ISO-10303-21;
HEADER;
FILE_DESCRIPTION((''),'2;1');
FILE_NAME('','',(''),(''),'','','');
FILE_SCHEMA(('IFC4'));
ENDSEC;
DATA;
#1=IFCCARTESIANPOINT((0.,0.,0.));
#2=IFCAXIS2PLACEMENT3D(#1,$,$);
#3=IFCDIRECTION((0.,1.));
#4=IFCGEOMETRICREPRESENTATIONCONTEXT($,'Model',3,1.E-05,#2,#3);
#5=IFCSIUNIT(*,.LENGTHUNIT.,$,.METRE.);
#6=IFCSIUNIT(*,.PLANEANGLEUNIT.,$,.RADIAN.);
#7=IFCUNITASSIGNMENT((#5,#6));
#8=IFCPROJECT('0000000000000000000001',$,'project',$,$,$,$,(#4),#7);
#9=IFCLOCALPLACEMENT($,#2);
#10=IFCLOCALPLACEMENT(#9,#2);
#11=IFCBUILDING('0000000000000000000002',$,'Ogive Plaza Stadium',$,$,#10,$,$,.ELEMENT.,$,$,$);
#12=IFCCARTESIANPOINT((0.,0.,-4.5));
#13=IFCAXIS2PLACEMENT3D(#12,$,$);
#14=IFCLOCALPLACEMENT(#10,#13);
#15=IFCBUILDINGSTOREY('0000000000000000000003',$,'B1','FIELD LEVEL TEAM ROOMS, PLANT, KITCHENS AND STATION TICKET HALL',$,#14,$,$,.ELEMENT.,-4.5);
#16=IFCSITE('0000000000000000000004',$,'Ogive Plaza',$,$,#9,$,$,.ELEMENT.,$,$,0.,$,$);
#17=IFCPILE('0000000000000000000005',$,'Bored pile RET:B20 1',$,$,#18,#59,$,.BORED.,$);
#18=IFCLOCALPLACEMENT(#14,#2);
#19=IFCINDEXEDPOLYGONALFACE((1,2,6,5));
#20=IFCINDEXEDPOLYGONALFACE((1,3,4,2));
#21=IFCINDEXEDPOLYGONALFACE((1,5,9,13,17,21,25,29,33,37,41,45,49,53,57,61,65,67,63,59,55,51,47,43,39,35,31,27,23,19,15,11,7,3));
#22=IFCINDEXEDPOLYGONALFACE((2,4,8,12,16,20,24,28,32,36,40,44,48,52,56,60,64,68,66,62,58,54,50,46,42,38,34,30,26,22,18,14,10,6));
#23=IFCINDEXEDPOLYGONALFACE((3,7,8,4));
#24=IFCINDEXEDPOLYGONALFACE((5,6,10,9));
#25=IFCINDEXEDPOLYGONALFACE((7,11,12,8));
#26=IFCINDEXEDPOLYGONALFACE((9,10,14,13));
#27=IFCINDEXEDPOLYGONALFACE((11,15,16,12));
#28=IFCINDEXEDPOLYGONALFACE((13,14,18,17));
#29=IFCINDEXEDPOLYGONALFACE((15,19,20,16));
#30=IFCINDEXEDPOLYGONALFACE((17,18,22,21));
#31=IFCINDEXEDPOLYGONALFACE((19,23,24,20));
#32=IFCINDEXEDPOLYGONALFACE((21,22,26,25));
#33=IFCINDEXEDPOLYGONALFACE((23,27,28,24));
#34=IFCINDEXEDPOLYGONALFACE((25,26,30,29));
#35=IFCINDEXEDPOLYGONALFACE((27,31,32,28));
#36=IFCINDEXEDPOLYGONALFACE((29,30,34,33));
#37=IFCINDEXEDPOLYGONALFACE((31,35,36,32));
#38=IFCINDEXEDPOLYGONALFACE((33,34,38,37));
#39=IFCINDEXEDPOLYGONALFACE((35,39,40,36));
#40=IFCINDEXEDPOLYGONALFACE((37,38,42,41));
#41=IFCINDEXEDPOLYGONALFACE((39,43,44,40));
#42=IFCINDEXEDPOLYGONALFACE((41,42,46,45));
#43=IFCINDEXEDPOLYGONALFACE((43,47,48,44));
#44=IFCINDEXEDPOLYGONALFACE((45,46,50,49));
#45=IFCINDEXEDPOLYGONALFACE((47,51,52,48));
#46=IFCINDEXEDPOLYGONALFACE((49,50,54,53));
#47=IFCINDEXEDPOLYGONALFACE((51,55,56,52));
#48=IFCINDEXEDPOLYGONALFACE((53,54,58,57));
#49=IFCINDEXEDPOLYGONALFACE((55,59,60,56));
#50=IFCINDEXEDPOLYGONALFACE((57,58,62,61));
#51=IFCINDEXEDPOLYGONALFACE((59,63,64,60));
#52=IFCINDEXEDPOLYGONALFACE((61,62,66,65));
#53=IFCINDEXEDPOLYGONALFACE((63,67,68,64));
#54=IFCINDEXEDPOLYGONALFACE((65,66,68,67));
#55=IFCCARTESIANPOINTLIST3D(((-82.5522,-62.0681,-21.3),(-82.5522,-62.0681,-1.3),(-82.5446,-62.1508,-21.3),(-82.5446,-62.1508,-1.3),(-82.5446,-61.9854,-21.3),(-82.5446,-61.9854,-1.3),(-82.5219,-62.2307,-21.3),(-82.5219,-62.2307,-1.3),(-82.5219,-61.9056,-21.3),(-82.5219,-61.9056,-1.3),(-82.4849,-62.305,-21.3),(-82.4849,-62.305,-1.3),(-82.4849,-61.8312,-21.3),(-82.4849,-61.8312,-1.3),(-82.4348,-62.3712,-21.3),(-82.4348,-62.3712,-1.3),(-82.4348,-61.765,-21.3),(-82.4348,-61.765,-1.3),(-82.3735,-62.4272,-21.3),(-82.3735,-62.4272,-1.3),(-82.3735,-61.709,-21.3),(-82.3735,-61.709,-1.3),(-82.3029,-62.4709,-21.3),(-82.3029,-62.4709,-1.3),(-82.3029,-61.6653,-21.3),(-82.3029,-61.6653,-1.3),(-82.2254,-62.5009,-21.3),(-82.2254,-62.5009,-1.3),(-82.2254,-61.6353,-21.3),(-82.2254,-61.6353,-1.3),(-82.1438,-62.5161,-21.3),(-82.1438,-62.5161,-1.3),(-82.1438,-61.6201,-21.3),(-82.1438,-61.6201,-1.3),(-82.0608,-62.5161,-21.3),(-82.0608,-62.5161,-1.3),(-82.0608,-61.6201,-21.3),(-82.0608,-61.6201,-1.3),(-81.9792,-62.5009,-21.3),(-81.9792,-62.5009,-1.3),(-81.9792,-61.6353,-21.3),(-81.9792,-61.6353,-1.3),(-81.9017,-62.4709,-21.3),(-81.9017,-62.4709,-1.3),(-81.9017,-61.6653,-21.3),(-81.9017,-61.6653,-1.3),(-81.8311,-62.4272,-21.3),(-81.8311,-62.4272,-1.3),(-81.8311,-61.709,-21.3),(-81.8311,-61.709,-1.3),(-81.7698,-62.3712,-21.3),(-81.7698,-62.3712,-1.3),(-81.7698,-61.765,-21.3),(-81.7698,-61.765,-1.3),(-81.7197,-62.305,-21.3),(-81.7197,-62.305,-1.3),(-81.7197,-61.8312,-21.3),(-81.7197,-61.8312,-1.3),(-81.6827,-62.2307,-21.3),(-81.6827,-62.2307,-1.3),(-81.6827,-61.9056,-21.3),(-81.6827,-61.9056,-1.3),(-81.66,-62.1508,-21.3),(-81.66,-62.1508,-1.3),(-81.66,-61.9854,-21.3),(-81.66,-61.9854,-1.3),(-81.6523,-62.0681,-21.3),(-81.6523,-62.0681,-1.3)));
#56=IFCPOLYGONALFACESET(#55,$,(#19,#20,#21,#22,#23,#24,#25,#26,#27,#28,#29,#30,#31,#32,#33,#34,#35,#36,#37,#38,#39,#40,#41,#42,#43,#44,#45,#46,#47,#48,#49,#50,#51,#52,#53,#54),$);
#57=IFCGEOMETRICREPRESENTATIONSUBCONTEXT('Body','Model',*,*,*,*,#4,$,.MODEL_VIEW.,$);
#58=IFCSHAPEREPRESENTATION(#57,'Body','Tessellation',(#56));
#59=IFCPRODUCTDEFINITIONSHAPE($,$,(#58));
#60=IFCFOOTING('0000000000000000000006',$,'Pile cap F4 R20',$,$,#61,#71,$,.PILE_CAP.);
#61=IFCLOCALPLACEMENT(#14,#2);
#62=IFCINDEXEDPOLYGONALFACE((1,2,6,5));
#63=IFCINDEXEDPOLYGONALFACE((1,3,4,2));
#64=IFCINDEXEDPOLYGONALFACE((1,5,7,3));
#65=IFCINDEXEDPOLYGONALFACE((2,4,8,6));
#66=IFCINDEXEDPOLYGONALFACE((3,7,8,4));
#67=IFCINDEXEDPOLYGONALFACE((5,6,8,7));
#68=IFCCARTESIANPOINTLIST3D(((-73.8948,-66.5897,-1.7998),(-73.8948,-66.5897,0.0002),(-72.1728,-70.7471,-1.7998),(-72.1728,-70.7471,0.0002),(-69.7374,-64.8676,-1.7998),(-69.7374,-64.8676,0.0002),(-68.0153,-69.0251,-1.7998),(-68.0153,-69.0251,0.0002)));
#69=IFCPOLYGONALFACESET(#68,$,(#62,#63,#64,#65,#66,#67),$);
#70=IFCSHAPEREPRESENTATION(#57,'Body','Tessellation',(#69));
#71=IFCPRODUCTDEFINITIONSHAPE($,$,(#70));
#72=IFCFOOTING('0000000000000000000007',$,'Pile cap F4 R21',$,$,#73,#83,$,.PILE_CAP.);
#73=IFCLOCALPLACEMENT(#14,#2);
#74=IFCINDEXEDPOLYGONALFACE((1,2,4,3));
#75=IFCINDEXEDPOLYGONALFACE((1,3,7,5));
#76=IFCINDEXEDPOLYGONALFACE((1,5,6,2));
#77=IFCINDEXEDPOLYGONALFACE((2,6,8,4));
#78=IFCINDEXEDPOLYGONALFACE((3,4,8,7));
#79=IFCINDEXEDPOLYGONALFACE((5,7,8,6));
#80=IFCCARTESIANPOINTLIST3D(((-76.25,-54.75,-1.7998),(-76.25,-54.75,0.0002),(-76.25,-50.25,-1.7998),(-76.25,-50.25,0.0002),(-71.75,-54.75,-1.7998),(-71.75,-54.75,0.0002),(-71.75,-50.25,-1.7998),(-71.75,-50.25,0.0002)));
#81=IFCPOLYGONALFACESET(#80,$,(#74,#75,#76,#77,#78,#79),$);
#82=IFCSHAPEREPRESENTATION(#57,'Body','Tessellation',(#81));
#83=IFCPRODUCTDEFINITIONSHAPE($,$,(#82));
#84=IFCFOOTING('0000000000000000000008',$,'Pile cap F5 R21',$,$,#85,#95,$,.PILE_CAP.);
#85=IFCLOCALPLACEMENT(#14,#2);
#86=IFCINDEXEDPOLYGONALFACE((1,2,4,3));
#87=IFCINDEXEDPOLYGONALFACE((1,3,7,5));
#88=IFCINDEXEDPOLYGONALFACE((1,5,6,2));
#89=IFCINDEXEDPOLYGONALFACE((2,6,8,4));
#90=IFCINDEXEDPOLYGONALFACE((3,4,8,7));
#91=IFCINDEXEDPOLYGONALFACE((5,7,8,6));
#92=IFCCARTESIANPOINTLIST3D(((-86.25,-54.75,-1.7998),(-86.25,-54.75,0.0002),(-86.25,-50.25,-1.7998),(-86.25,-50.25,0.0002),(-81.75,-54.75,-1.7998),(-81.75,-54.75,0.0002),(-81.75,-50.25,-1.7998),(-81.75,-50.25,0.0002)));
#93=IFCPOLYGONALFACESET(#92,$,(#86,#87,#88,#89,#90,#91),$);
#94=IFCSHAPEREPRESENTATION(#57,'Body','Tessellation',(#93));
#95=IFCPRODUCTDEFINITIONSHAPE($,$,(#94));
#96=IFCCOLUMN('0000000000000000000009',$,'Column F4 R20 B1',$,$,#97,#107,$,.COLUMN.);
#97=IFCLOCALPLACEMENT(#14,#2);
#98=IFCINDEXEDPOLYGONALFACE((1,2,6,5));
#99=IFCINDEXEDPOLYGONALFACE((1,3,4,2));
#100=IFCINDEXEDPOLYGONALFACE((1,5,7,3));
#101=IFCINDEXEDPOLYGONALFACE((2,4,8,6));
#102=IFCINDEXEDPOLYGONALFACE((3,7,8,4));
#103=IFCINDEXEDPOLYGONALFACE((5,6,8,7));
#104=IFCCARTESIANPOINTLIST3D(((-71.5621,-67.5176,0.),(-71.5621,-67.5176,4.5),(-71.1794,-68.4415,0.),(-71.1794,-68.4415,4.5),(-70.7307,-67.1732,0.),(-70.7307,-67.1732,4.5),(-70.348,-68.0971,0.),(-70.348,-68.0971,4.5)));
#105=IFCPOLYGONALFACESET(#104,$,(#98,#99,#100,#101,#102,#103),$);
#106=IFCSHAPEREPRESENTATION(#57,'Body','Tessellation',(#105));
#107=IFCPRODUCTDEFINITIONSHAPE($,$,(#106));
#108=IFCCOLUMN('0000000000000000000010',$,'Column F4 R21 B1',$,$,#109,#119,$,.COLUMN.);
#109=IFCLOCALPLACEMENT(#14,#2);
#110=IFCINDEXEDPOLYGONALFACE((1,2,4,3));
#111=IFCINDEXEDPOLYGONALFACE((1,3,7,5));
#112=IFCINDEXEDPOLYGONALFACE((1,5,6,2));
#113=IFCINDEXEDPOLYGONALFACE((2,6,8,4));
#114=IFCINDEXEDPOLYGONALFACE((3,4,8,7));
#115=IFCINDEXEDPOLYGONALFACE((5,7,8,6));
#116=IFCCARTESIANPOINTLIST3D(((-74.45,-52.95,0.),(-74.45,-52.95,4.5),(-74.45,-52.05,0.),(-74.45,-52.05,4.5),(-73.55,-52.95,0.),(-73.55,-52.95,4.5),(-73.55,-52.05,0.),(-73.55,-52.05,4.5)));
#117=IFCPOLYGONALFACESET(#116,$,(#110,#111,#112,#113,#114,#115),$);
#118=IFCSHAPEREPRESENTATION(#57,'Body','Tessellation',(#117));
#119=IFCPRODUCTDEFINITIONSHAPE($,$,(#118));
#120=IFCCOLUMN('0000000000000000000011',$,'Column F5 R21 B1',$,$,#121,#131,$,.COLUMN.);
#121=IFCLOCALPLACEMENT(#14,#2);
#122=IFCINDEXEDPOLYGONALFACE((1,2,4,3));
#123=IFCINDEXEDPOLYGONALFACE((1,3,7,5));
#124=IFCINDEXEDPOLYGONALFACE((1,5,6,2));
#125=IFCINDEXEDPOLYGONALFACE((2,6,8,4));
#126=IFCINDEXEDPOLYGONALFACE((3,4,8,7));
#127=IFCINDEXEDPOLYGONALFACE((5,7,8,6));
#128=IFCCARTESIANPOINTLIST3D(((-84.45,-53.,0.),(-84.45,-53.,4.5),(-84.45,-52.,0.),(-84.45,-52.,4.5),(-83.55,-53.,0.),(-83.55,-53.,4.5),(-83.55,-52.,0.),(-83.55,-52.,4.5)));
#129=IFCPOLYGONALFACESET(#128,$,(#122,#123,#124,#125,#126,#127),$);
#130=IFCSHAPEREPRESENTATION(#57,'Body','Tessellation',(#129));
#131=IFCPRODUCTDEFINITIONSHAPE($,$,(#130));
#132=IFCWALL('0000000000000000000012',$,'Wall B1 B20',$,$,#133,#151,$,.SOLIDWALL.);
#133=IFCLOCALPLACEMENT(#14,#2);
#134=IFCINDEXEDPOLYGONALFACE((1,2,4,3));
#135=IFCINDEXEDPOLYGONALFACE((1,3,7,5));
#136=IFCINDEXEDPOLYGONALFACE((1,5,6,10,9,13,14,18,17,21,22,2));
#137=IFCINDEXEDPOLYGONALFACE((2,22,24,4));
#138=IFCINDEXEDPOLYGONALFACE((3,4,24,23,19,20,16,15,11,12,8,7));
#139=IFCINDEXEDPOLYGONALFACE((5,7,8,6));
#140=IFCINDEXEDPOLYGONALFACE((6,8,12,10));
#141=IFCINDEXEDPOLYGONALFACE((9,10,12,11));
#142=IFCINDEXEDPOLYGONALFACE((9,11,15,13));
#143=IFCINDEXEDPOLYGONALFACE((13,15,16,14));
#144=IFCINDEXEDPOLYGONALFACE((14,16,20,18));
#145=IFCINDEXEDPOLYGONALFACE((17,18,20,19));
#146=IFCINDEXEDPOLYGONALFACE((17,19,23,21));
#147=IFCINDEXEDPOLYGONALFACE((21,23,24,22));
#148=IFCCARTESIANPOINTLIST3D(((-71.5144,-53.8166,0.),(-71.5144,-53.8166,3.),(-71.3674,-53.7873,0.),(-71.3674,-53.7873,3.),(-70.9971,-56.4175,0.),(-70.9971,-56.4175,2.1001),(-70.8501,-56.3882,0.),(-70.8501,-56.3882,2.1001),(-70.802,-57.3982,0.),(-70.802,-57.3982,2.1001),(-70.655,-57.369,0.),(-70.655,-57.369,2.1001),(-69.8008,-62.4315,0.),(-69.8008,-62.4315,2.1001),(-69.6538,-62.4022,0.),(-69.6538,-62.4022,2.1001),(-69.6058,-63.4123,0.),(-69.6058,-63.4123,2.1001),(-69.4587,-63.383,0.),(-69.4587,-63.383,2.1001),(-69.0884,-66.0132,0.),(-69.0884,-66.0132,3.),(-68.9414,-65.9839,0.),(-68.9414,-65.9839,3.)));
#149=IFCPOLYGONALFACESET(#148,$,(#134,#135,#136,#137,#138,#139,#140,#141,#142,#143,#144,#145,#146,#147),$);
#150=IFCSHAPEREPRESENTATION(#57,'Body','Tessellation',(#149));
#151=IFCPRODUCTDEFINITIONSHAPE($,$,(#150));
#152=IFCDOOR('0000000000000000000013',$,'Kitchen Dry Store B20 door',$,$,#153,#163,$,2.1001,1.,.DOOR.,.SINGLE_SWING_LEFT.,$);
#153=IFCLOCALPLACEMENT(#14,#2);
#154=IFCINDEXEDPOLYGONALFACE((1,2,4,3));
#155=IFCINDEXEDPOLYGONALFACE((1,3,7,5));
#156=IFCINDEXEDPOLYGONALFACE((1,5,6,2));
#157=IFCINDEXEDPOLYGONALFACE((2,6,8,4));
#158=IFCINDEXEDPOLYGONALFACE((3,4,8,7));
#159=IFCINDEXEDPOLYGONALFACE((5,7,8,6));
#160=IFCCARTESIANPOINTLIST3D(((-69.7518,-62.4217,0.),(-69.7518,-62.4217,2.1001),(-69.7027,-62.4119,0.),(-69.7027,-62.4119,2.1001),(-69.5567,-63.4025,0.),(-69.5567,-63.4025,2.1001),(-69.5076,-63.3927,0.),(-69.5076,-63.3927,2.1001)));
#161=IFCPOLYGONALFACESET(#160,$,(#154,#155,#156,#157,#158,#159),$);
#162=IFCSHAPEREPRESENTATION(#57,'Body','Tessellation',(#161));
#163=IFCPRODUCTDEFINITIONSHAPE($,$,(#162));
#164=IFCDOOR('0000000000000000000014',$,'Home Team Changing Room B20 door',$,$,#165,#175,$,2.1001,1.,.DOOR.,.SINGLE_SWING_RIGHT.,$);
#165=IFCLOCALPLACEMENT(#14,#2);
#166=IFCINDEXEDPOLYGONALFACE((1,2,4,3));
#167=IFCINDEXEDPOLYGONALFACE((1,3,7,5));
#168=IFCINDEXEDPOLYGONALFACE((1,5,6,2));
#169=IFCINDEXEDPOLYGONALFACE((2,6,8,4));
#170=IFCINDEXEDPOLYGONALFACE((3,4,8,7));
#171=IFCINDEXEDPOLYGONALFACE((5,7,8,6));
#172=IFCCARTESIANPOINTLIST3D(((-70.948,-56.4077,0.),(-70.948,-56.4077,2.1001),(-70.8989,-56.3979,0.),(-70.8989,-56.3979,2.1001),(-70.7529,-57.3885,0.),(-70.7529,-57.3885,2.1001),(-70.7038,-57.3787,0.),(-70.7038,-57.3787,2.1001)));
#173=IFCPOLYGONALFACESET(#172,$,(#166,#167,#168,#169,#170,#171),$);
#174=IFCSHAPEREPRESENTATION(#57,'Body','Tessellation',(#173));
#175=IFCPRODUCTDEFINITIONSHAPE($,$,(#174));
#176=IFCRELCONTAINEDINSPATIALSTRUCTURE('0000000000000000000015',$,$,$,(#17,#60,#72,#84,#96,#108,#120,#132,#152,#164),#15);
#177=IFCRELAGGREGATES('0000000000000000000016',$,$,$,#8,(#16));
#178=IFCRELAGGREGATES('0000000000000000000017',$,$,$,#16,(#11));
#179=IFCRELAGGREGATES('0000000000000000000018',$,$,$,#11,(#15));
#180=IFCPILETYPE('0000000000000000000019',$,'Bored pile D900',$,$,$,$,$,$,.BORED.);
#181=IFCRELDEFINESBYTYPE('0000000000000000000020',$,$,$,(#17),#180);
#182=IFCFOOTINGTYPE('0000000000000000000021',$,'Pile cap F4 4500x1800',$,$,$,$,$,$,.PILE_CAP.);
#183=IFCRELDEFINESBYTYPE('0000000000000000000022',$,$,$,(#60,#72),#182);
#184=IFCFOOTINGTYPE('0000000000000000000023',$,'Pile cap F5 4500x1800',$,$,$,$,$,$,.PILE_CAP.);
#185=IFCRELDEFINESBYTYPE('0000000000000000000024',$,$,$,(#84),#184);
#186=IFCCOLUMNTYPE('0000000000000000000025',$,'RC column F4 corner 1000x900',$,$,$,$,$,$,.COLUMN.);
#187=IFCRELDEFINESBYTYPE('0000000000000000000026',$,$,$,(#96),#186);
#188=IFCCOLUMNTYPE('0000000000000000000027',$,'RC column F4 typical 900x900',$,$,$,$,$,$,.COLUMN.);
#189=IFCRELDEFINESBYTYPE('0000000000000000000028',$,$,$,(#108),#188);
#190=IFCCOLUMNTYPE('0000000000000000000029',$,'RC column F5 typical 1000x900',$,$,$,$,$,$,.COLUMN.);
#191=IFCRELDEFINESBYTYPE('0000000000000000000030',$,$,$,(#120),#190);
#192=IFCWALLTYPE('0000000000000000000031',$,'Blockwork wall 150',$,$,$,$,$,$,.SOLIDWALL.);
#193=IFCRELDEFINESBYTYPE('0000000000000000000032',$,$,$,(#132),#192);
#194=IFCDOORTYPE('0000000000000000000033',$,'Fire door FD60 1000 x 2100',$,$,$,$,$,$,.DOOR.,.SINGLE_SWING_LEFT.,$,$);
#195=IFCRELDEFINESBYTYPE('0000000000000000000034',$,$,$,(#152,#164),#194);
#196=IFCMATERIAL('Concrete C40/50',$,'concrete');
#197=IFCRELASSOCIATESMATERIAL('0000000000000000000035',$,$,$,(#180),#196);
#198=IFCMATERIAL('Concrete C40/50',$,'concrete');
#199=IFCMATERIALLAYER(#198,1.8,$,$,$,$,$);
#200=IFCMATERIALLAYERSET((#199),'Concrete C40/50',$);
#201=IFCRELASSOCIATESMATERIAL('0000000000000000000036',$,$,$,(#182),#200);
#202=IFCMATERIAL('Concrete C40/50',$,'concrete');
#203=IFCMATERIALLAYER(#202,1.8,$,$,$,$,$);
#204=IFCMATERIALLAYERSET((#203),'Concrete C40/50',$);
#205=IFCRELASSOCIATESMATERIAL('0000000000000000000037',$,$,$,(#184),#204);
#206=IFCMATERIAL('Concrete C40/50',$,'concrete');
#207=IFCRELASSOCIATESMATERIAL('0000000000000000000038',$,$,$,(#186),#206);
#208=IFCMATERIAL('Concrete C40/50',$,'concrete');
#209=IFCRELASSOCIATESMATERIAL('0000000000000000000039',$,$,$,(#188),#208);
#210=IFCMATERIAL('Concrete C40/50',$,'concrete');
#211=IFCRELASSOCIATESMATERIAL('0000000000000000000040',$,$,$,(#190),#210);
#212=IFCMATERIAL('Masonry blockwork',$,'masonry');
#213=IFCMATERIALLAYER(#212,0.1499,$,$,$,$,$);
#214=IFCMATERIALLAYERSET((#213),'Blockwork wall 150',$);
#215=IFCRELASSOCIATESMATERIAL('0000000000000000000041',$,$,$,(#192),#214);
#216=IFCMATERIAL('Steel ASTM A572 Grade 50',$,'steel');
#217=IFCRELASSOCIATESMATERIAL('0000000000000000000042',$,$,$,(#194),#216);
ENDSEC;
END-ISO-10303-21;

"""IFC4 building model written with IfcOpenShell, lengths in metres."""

from ifc_helpers import new_model, si_unit, direction, frame, frame_2d, origin, origin_2d, place, context, subcontext, project, spatial, rectangle, circle, extrude, material, layer, layer_set, material_profile, profile_set, type_object, element, fill, save


model = new_model("IFC4")

# Units and contexts
model_context = context("Model", 3, precision=1e-05, world=origin(), true_north=direction((0.0, 1.0)))
body_context = subcontext(model_context, "Body", "Model", "MODEL_VIEW")
ifc_project = project(units=[si_unit("LENGTHUNIT", "METRE"), si_unit("PLANEANGLEUNIT", "RADIAN")], contexts=[model_context])

# Site, building, storey
site_placement = place(None, origin())
site = spatial("IfcSite", under=ifc_project, at=site_placement, Name="Ogive Plaza", CompositionType="ELEMENT", RefElevation=0.0)
building_placement = place(site_placement, origin())
building = spatial("IfcBuilding", under=site, at=building_placement, Name="Ogive Plaza Stadium", CompositionType="ELEMENT")
storey_placement = place(building_placement, frame((0.0, 0.0, -4.5)))
storey = spatial("IfcBuildingStorey", under=building, at=storey_placement, Name="B1", Description="FIELD LEVEL TEAM ROOMS, PLANT, KITCHENS AND STATION TICKET HALL", CompositionType="ELEMENT", Elevation=-4.5)

# Pile
ifc_material_1 = material(Name="Concrete C40/50", Category="concrete")
ifc_material_profile_1 = material_profile(ifc_material_1, circle(Radius=0.45, at=origin_2d()), Name="RC D900")
ifc_profile_set_1 = profile_set([ifc_material_profile_1], Name="Concrete C40/50")
pile_type_1 = type_object("IfcPileType", Name="Bored pile D900", PredefinedType="BORED", material=ifc_profile_set_1)
pile_1_placement = place(storey_placement, frame((-82.1023, -62.0681, -1.3), z_axis=(0.0, 0.0, -1.0), x_axis=(1.0, 0.0, 0.0)))
element("IfcPile", 1, at=pile_1_placement, inside=storey, type_object=pile_type_1, Name="Bored pile RET:B20 1", PredefinedType="BORED", context=body_context, shape_type="SweptSolid", body=[
    extrude(circle(Radius=0.45, at=origin_2d()), origin(), (0.0, 0.0, 1.0), 20.0),
])

# Footings
ifc_material_2 = material(Name="Concrete C40/50", Category="concrete")
ifc_layer_1 = layer(ifc_material_2, 1.8)
ifc_layer_set_1 = layer_set([ifc_layer_1], Name="Concrete C40/50")
footing_type_1 = type_object("IfcFootingType", Name="Pile cap F4 4500x1800", PredefinedType="PILE_CAP", material=ifc_layer_set_1)
for number, where, z_axis, x_axis, name in (
    (2, (-70.9551, -67.8074, -1.7998), (0.0, 0.0, 1.0), (-0.92388, -0.382683, 0.0), "Pile cap F4 R20"),
    (3, (-74.0, -52.5, -1.7998), (0.0, 0.0, 1.0), (-1.0, 0.0, 0.0), "Pile cap F4 R21"),
):
    element("IfcFooting", number, at=place(storey_placement, frame(where, z_axis=z_axis, x_axis=x_axis)), inside=storey, type_object=footing_type_1, Name=name, PredefinedType="PILE_CAP", context=body_context, shape_type="SweptSolid", body=[
        extrude(rectangle(XDim=4.5, YDim=4.5, at=origin_2d()), origin(), (0.0, 0.0, 1.0), 1.8),
    ])
ifc_material_3 = material(Name="Concrete C40/50", Category="concrete")
ifc_layer_2 = layer(ifc_material_3, 1.8)
ifc_layer_set_2 = layer_set([ifc_layer_2], Name="Concrete C40/50")
footing_type_2 = type_object("IfcFootingType", Name="Pile cap F5 4500x1800", PredefinedType="PILE_CAP", material=ifc_layer_set_2)
footing_placement = place(storey_placement, frame((-84.0, -52.5, -1.7998), z_axis=(0.0, 0.0, 1.0), x_axis=(-1.0, 0.0, 0.0)))
element("IfcFooting", 4, at=footing_placement, inside=storey, type_object=footing_type_2, Name="Pile cap F5 R21", PredefinedType="PILE_CAP", context=body_context, shape_type="SweptSolid", body=[
    extrude(rectangle(XDim=4.5, YDim=4.5, at=origin_2d()), origin(), (0.0, 0.0, 1.0), 1.8),
])

# Columns
ifc_material_4 = material(Name="Concrete C40/50", Category="concrete")
ifc_material_profile_2 = material_profile(ifc_material_4, rectangle(XDim=1.0, YDim=0.8999, at=origin_2d()), Name="RC 1000x900")
ifc_profile_set_2 = profile_set([ifc_material_profile_2], Name="Concrete C40/50")
column_type_1 = type_object("IfcColumnType", Name="RC column F4 corner 1000x900", PredefinedType="COLUMN", material=ifc_profile_set_2)
column_1_placement = place(storey_placement, frame((-70.9551, -67.8074, 0.0), z_axis=(0.0, 0.0, 1.0), x_axis=(0.382683, -0.92388, 0.0)))
element("IfcColumn", 5, at=column_1_placement, inside=storey, type_object=column_type_1, Name="Column F4 R20 B1", PredefinedType="COLUMN", context=body_context, shape_type="SweptSolid", body=[
    extrude(rectangle(XDim=1.0, YDim=0.8999, at=origin_2d()), origin(), (0.0, 0.0, 1.0), 4.5),
])
ifc_material_5 = material(Name="Concrete C40/50", Category="concrete")
ifc_material_profile_3 = material_profile(ifc_material_5, rectangle(XDim=0.8999, YDim=0.8999, at=origin_2d()), Name="RC 900x900")
ifc_profile_set_3 = profile_set([ifc_material_profile_3], Name="Concrete C40/50")
column_type_2 = type_object("IfcColumnType", Name="RC column F4 typical 900x900", PredefinedType="COLUMN", material=ifc_profile_set_3)
column_2_placement = place(storey_placement, frame((-74.0, -52.5, 0.0), z_axis=(0.0, 0.0, 1.0), x_axis=(0.0, -1.0, 0.0)))
element("IfcColumn", 6, at=column_2_placement, inside=storey, type_object=column_type_2, Name="Column F4 R21 B1", PredefinedType="COLUMN", context=body_context, shape_type="SweptSolid", body=[
    extrude(rectangle(XDim=0.8999, YDim=0.8999, at=origin_2d()), origin(), (0.0, 0.0, 1.0), 4.5),
])
ifc_material_6 = material(Name="Concrete C40/50", Category="concrete")
ifc_material_profile_4 = material_profile(ifc_material_6, rectangle(XDim=1.0, YDim=0.8999, at=origin_2d()), Name="RC 1000x900")
ifc_profile_set_4 = profile_set([ifc_material_profile_4], Name="Concrete C40/50")
column_type_3 = type_object("IfcColumnType", Name="RC column F5 typical 1000x900", PredefinedType="COLUMN", material=ifc_profile_set_4)
column_3_placement = place(storey_placement, frame((-84.0, -52.5, 0.0), z_axis=(0.0, 0.0, 1.0), x_axis=(0.0, -1.0, 0.0)))
element("IfcColumn", 7, at=column_3_placement, inside=storey, type_object=column_type_3, Name="Column F5 R21 B1", PredefinedType="COLUMN", context=body_context, shape_type="SweptSolid", body=[
    extrude(rectangle(XDim=1.0, YDim=0.8999, at=origin_2d()), origin(), (0.0, 0.0, 1.0), 4.5),
])

# Wall, openings, doors
ifc_material_7 = material(Name="Masonry blockwork", Category="masonry")
ifc_layer_3 = layer(ifc_material_7, 0.1499)
ifc_layer_set_3 = layer_set([ifc_layer_3], Name="Blockwork wall 150")
wall_type_1 = type_object("IfcWallType", Name="Blockwork wall 150", PredefinedType="SOLIDWALL", material=ifc_layer_set_3)
wall_1_placement = place(storey_placement, frame((-69.0149, -65.9985, 0.0), z_axis=(0.0, 0.0, 1.0), x_axis=(-0.195089, 0.980786, 0.0)))
wall_1 = element("IfcWall", 8, at=wall_1_placement, inside=storey, type_object=wall_type_1, Name="Wall B1 B20", PredefinedType="SOLIDWALL", context=body_context, shape_type="SweptSolid", body=[
    extrude(rectangle(XDim=12.4355, YDim=0.1499, at=frame_2d((6.2178, 0.0))), origin(), (0.0, 0.0, 1.0), 3.0),
])
opening_1_placement = place(wall_1_placement, frame((2.6519, 0.0, 0.0)))
opening_1 = element("IfcOpeningElement", 9, at=opening_1_placement, cuts=wall_1, PredefinedType="OPENING", context=body_context, shape_type="SweptSolid", body=[
    extrude(rectangle(XDim=1.0, YDim=2.1001, at=frame_2d((0.5, 1.05))), frame((0.0, 0.075, 0.0), z_axis=(0.0, -1.0, 0.0), x_axis=(1.0, 0.0, 0.0)), (0.0, 0.0, 1.0), 0.1499),
])
opening_2_placement = place(wall_1_placement, frame((8.7837, 0.0, 0.0)))
opening_2 = element("IfcOpeningElement", 10, at=opening_2_placement, cuts=wall_1, PredefinedType="OPENING", context=body_context, shape_type="SweptSolid", body=[
    extrude(rectangle(XDim=1.0, YDim=2.1001, at=frame_2d((0.5, 1.05))), frame((0.0, 0.075, 0.0), z_axis=(0.0, -1.0, 0.0), x_axis=(1.0, 0.0, 0.0)), (0.0, 0.0, 1.0), 0.1499),
])
ifc_material_8 = material(Name="Steel ASTM A572 Grade 50", Category="steel")
door_type = type_object("IfcDoorType", Name="Fire door FD60 1000 x 2100", OperationType="SINGLE_SWING_LEFT", PredefinedType="DOOR", material=ifc_material_8)
door_1_placement = place(opening_1_placement, origin())
door_1 = element("IfcDoor", 11, at=door_1_placement, inside=storey, type_object=door_type, Name="Kitchen Dry Store B20 door", OperationType="SINGLE_SWING_LEFT", OverallHeight=2.1001, OverallWidth=1.0, PredefinedType="DOOR", context=body_context, shape_type="SweptSolid", body=[
    extrude(rectangle(XDim=1.0, YDim=2.1001, at=frame_2d((0.5, 1.05))), frame((0.0, 0.0249, 0.0), z_axis=(0.0, -1.0, 0.0), x_axis=(1.0, 0.0, 0.0)), (0.0, 0.0, 1.0), 0.05),
])
fill(opening_1, door_1)
door_2_placement = place(opening_2_placement, origin())
door_2 = element("IfcDoor", 12, at=door_2_placement, inside=storey, type_object=door_type, Name="Home Team Changing Room B20 door", OperationType="SINGLE_SWING_RIGHT", OverallHeight=2.1001, OverallWidth=1.0, PredefinedType="DOOR", context=body_context, shape_type="SweptSolid", body=[
    extrude(rectangle(XDim=1.0, YDim=2.1001, at=frame_2d((0.5, 1.05))), frame((0.0, 0.0249, 0.0), z_axis=(0.0, -1.0, 0.0), x_axis=(1.0, 0.0, 0.0)), (0.0, 0.0, 1.0), 0.05),
])
fill(opening_2, door_2)

save(model, "model.ifc")
